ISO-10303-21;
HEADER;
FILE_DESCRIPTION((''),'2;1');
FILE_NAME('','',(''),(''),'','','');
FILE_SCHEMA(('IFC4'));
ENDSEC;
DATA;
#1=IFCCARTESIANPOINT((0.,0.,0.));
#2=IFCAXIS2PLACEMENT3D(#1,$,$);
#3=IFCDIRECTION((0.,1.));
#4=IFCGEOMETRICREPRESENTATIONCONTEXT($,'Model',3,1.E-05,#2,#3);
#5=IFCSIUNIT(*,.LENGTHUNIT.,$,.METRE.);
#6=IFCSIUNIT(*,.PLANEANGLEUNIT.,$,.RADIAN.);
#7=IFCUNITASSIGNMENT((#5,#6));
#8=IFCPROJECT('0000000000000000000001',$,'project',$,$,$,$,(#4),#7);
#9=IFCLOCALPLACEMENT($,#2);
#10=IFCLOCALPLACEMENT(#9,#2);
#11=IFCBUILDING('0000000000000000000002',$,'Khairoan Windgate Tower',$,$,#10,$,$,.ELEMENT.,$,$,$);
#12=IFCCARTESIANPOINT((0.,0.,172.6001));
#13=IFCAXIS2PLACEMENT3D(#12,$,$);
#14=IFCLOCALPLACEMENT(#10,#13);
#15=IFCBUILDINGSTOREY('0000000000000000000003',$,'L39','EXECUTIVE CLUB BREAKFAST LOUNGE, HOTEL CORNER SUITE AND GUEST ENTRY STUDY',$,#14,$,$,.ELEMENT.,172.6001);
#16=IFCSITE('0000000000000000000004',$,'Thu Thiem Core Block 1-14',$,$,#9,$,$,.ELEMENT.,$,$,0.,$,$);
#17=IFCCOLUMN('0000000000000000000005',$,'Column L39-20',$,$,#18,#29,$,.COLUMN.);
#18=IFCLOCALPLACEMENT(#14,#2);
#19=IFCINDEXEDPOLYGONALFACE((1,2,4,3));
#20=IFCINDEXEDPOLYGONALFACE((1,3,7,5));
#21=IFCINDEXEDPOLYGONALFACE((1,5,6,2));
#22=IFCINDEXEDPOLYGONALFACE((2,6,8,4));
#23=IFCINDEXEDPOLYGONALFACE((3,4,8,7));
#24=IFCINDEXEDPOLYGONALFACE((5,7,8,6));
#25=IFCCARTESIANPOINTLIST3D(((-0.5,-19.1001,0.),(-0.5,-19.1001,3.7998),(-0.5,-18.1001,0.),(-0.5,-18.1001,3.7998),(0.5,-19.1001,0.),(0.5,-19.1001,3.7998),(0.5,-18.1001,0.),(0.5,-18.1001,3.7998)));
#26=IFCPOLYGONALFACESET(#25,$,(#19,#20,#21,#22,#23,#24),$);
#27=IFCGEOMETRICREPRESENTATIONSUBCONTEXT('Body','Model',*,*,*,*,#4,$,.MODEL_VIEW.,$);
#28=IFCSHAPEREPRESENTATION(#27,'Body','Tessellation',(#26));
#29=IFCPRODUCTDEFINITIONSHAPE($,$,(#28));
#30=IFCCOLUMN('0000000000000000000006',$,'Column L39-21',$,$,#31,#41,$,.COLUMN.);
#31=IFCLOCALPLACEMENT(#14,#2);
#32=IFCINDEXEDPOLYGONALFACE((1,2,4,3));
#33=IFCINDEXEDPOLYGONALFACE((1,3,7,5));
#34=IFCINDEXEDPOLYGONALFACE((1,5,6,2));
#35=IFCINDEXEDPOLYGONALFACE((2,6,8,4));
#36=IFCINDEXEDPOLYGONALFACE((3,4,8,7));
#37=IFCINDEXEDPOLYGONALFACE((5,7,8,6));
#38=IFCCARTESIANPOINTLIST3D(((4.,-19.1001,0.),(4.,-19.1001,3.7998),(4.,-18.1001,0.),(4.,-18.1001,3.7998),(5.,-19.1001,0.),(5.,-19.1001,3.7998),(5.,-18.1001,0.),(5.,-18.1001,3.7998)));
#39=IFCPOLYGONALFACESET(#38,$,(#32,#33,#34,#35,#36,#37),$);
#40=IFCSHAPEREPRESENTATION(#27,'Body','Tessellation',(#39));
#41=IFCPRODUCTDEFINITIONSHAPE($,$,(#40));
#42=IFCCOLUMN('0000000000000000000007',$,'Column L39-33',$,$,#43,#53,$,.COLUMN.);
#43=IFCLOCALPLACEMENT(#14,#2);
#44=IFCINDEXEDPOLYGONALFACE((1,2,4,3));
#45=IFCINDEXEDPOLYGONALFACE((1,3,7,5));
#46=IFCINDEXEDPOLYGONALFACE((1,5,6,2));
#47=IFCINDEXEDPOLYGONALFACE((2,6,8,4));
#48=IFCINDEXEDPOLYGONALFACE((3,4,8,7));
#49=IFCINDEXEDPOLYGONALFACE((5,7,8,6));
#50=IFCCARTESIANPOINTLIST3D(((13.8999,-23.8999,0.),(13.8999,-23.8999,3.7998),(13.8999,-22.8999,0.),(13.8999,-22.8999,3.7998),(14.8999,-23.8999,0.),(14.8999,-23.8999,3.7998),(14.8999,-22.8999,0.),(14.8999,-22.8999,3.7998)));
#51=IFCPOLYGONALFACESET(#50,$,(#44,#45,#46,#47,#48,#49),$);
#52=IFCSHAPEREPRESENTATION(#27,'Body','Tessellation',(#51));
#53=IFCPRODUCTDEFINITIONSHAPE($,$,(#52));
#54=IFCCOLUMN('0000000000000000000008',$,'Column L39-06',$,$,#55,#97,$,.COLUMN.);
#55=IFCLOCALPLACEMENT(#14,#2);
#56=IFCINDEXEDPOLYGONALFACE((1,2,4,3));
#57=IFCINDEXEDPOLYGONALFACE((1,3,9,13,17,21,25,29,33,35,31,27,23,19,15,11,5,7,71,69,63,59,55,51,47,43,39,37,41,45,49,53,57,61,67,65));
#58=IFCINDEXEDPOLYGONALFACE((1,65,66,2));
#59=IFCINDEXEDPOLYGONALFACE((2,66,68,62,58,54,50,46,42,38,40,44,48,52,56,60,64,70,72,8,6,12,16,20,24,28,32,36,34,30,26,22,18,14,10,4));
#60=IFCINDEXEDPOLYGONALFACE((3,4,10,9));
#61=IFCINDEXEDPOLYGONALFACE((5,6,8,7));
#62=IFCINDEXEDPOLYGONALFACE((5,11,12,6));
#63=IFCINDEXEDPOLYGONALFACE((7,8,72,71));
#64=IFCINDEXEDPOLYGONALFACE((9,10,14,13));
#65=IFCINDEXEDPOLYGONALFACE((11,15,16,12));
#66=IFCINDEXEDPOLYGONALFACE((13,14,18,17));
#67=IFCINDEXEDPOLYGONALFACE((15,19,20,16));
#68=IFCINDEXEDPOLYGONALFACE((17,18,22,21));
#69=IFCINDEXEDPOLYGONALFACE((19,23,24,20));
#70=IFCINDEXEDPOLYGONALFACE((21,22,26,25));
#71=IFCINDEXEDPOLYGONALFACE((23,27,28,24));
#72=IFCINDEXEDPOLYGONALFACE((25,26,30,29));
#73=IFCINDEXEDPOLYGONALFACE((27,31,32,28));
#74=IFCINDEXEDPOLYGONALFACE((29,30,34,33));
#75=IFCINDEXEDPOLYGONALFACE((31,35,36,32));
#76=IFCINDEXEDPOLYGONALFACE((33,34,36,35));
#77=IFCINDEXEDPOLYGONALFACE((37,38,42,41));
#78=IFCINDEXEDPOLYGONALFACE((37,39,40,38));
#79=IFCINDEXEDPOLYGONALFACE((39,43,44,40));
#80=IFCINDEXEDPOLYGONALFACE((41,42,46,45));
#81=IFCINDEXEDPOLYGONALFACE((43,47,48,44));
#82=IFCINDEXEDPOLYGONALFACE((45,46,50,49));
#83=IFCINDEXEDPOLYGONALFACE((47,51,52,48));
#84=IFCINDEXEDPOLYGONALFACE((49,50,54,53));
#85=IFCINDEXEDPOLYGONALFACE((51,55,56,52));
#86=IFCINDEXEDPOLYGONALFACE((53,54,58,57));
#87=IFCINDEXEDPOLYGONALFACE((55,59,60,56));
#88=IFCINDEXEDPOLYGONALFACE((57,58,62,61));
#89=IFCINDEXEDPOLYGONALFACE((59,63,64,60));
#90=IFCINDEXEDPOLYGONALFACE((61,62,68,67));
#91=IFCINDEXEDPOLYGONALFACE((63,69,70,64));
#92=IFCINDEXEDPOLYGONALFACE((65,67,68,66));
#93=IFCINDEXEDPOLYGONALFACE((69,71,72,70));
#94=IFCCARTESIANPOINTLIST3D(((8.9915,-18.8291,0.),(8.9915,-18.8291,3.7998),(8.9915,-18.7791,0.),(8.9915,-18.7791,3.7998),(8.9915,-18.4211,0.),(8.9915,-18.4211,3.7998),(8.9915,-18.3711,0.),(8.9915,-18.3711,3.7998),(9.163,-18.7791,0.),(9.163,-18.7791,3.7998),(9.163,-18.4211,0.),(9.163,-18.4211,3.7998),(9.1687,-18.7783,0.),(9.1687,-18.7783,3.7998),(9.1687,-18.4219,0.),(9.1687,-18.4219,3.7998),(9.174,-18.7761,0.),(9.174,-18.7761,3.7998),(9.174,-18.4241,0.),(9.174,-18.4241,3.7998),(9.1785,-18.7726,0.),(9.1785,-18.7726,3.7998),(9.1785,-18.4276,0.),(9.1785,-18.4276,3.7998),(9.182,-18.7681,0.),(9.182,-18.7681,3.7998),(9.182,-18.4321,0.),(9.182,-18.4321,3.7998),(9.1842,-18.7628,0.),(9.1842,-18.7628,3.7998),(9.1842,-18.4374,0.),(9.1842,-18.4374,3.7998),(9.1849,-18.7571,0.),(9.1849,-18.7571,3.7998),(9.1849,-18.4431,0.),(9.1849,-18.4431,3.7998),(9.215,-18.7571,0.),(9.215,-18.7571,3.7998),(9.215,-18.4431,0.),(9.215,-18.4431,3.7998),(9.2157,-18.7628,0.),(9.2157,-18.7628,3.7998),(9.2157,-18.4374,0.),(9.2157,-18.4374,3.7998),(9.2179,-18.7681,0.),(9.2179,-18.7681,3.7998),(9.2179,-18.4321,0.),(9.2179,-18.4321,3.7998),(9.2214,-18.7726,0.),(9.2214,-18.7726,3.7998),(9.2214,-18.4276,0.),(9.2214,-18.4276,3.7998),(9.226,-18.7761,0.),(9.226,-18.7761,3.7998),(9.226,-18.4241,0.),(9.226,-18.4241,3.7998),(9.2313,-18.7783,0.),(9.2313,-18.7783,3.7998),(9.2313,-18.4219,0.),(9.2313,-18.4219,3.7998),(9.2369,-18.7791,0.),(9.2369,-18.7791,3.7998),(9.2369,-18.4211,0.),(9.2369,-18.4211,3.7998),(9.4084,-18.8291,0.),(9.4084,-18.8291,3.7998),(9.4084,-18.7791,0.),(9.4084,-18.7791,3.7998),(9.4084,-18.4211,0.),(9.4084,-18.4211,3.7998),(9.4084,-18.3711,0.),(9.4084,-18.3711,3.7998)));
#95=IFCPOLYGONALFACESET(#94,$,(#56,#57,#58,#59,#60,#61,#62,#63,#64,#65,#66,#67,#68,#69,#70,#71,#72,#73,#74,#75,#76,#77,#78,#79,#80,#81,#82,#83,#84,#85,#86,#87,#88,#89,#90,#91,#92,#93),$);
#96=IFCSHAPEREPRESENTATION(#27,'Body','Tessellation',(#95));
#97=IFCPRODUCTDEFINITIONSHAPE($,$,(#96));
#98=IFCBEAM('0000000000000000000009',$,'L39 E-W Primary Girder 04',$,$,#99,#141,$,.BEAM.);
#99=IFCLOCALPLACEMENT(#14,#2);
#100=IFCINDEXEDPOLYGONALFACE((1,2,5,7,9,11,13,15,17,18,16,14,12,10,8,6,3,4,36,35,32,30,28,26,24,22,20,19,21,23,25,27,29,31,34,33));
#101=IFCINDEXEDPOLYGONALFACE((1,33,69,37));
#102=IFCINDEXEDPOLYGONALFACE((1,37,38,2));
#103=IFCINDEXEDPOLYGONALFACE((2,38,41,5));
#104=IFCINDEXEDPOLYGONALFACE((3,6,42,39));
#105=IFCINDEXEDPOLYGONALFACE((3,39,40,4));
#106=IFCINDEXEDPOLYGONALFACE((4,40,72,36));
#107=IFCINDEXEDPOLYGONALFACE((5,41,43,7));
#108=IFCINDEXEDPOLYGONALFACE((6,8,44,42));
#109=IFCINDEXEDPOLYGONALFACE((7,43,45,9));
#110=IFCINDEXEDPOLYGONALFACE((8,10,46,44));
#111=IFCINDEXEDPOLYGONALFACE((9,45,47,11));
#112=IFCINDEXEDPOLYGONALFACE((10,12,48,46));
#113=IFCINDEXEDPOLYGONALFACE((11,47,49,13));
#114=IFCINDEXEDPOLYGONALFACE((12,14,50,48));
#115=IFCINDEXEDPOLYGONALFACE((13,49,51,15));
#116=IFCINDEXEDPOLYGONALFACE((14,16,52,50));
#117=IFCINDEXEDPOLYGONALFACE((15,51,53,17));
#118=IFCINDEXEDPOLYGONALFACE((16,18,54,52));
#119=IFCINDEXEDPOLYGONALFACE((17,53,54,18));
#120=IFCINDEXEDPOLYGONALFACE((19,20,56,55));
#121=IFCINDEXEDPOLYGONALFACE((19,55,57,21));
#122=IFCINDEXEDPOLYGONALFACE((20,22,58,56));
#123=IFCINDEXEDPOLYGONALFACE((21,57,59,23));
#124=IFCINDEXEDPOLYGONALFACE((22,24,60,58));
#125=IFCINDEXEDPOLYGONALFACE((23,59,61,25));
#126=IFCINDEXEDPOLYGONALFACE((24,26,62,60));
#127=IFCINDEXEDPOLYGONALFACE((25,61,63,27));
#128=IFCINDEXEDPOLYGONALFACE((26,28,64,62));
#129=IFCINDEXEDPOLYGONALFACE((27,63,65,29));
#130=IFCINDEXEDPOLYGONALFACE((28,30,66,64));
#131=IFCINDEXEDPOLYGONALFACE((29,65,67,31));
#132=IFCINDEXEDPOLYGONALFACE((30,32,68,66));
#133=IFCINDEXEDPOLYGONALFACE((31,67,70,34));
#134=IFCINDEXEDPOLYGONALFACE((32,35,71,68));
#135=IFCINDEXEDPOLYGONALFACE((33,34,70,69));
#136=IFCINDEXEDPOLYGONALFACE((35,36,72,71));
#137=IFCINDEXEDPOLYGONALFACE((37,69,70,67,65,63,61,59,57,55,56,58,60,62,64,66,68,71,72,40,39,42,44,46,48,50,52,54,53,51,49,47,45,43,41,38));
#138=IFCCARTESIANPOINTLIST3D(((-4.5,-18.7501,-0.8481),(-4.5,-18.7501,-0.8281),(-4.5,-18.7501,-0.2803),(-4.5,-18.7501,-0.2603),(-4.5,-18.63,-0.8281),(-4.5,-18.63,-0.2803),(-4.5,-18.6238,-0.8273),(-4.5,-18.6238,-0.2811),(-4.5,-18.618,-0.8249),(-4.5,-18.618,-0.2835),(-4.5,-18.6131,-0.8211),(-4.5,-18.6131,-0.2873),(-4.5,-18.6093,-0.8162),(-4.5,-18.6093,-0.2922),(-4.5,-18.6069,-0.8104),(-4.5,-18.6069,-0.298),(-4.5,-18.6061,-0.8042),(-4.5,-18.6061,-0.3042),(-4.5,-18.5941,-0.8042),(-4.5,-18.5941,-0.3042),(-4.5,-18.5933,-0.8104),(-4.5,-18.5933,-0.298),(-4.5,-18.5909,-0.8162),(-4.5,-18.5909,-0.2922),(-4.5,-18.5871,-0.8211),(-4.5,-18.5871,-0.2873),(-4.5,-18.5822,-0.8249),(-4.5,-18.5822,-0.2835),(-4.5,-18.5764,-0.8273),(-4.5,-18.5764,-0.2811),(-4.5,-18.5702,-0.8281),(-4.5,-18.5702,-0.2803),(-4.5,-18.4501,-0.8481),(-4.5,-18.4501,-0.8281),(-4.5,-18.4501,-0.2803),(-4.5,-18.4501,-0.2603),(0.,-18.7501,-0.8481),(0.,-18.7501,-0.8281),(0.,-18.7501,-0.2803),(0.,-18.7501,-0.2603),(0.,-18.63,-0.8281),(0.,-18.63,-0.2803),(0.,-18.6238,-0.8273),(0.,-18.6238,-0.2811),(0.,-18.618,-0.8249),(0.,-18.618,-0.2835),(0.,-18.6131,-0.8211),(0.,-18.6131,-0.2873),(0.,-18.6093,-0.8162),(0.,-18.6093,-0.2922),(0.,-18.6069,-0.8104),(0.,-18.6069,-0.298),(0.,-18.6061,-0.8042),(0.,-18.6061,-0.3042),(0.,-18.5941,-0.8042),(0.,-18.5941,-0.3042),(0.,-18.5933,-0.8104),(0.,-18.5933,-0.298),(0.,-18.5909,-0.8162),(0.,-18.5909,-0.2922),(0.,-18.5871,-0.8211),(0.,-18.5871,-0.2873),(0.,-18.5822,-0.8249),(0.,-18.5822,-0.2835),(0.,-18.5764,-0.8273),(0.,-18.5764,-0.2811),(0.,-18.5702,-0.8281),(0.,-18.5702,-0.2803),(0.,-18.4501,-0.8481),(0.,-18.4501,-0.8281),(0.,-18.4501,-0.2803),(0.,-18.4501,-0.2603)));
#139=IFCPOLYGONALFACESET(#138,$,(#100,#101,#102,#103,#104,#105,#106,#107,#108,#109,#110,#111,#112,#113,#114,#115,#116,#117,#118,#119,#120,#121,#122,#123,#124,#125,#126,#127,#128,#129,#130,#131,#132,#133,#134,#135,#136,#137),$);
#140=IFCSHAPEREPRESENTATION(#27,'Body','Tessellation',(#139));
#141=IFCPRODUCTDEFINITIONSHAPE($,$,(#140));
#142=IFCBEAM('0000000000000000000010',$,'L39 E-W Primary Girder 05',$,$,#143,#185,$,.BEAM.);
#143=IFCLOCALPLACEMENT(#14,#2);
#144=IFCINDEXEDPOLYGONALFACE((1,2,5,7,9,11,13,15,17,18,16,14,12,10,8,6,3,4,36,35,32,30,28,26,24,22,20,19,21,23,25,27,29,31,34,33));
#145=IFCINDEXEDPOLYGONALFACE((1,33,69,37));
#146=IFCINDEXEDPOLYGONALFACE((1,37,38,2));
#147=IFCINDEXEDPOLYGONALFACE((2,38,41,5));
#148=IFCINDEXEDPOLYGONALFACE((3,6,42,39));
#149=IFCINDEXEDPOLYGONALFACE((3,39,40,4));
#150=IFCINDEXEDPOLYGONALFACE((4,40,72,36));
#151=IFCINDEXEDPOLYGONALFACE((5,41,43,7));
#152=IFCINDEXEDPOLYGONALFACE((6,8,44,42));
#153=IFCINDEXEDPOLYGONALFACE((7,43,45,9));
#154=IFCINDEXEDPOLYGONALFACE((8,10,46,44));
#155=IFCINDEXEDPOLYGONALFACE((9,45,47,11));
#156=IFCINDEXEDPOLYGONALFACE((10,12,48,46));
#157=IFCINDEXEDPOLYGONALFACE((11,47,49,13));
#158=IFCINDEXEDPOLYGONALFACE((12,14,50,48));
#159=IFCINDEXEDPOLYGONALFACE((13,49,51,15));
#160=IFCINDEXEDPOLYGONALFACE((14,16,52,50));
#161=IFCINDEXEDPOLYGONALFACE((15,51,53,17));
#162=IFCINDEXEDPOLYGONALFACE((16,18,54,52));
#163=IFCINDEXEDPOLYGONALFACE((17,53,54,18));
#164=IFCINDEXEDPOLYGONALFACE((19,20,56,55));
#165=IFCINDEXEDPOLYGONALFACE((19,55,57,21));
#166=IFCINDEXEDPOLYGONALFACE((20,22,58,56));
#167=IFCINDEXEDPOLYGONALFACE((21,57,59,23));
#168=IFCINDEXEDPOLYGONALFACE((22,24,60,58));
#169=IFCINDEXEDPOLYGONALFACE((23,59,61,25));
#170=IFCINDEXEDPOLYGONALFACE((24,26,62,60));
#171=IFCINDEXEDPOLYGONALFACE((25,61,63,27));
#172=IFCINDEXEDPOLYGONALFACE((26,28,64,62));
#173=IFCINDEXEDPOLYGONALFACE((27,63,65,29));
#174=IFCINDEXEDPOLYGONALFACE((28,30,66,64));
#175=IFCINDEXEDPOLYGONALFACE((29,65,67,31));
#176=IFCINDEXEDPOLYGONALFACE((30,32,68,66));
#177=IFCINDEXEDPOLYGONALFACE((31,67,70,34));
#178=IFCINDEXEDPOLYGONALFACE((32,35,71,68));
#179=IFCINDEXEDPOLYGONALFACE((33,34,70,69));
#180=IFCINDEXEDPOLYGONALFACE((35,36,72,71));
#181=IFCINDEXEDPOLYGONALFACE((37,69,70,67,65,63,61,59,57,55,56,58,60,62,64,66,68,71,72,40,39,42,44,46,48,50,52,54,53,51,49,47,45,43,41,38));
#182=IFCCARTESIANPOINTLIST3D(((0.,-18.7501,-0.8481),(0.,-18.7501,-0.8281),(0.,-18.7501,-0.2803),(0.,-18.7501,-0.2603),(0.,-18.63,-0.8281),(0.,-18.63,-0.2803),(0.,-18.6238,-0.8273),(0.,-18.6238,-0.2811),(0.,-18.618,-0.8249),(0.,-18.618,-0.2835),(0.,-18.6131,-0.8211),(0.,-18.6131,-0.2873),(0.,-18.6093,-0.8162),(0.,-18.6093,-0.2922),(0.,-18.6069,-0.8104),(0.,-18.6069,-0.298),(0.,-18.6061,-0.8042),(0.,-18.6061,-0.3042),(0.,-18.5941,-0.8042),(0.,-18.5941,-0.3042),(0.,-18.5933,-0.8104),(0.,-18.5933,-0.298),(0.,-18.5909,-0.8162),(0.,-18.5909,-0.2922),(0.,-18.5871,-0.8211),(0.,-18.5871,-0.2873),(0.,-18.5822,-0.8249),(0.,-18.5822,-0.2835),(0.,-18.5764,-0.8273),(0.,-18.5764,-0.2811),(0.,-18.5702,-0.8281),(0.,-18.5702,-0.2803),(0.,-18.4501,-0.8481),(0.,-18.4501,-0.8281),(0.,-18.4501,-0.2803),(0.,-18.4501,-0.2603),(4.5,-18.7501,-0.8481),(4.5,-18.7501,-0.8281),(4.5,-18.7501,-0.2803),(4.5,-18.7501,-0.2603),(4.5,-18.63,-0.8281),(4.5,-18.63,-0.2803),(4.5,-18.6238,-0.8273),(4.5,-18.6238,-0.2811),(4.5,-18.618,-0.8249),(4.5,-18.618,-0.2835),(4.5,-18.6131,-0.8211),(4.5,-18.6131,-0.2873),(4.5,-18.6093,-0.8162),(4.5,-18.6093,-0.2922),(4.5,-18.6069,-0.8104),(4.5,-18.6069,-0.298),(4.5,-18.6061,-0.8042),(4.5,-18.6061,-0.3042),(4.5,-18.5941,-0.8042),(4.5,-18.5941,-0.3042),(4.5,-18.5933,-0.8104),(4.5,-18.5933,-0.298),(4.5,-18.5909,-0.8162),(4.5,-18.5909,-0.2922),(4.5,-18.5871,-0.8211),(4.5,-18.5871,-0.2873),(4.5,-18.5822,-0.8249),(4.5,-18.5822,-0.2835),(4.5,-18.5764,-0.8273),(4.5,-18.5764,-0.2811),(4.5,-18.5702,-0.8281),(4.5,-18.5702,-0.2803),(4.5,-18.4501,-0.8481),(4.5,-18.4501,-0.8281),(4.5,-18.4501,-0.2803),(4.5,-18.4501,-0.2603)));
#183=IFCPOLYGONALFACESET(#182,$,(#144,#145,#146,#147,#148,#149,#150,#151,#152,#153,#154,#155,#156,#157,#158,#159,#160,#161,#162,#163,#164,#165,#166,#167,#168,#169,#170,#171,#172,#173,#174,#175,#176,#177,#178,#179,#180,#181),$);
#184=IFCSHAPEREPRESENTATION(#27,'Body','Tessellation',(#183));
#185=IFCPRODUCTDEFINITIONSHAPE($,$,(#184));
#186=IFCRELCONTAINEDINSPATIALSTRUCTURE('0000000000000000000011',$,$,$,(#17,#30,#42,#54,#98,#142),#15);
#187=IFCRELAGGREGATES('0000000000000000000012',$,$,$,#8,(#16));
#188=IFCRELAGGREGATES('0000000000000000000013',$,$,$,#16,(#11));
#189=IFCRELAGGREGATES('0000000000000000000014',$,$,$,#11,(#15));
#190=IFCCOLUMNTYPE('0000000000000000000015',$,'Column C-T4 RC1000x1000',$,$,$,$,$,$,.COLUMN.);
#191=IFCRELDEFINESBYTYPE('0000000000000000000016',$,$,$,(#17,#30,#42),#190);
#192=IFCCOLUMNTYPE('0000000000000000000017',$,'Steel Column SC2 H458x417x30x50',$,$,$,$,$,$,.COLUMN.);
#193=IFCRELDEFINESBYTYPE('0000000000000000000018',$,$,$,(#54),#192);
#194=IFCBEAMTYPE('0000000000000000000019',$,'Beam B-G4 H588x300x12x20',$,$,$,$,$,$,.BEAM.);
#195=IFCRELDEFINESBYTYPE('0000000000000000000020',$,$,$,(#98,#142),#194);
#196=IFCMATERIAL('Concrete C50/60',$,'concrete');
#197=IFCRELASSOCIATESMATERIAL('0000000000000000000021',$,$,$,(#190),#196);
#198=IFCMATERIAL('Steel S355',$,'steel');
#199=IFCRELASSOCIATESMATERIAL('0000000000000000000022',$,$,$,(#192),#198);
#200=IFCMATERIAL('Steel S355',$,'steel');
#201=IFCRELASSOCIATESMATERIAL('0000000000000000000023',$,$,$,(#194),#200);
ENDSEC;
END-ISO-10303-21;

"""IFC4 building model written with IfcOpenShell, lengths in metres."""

from ifc_helpers import new_model, si_unit, direction, frame, origin, origin_2d, place, context, subcontext, project, spatial, rectangle, i_section, extrude, material, material_profile, profile_set, type_object, element, save


model = new_model("IFC4")

# Units and contexts
model_context = context("Model", 3, precision=1e-05, world=origin(), true_north=direction((0.0, 1.0)))
body_context = subcontext(model_context, "Body", "Model", "MODEL_VIEW")
ifc_project = project(units=[si_unit("LENGTHUNIT", "METRE"), si_unit("PLANEANGLEUNIT", "RADIAN")], contexts=[model_context])

# Site, building, storey
site_placement = place(None, origin())
site = spatial("IfcSite", under=ifc_project, at=site_placement, Name="Thu Thiem Core Block 1-14", CompositionType="ELEMENT", RefElevation=0.0)
building_placement = place(site_placement, origin())
building = spatial("IfcBuilding", under=site, at=building_placement, Name="Khairoan Windgate Tower", CompositionType="ELEMENT")
storey_placement = place(building_placement, frame((0.0, 0.0, 172.6001)))
storey = spatial("IfcBuildingStorey", under=building, at=storey_placement, Name="L39", Description="EXECUTIVE CLUB BREAKFAST LOUNGE, HOTEL CORNER SUITE AND GUEST ENTRY STUDY", CompositionType="ELEMENT", Elevation=172.6001)

# Columns
ifc_material_1 = material(Name="Concrete C50/60", Category="concrete")
ifc_material_profile_1 = material_profile(ifc_material_1, rectangle(XDim=1.0, YDim=1.0, at=origin_2d()))
ifc_profile_set_1 = profile_set([ifc_material_profile_1], Name="Concrete C50/60")
column_type_1 = type_object("IfcColumnType", Name="Column C-T4 RC1000x1000", PredefinedType="COLUMN", material=ifc_profile_set_1)
for number, where, z_axis, x_axis, name in (
    (1, (0.0, -18.6001, 0.0), (0.0, 0.0, 1.0), (1.0, 0.0, 0.0), "Column L39-20"),
    (2, (4.5, -18.6001, 0.0), (0.0, 0.0, 1.0), (1.0, 0.0, 0.0), "Column L39-21"),
    (3, (14.3999, -23.3999, 0.0), (0.0, 0.0, 1.0), (1.0, 0.0, 0.0), "Column L39-33"),
):
    element("IfcColumn", number, at=place(storey_placement, frame(where, z_axis=z_axis, x_axis=x_axis)), inside=storey, type_object=column_type_1, Name=name, PredefinedType="COLUMN", context=body_context, shape_type="SweptSolid", body=[
        extrude(rectangle(XDim=1.0, YDim=1.0, at=origin_2d()), origin(), (0.0, 0.0, 1.0), 3.7998),
    ])
ifc_material_2 = material(Name="Steel S355", Category="steel")
ifc_material_profile_2 = material_profile(ifc_material_2, i_section(OverallWidth=0.417, OverallDepth=0.458, WebThickness=0.03, FlangeThickness=0.05, FilletRadius=0.022, at=origin_2d()))
ifc_profile_set_2 = profile_set([ifc_material_profile_2], Name="Steel S355")
column_type_2 = type_object("IfcColumnType", Name="Steel Column SC2 H458x417x30x50", PredefinedType="COLUMN", material=ifc_profile_set_2)
column_placement = place(storey_placement, frame((9.2, -18.6001, 0.0), z_axis=(0.0, 0.0, 1.0), x_axis=(1.0, 0.0, 0.0)))
element("IfcColumn", 4, at=column_placement, inside=storey, type_object=column_type_2, Name="Column L39-06", PredefinedType="COLUMN", context=body_context, shape_type="SweptSolid", body=[
    extrude(i_section(OverallWidth=0.417, OverallDepth=0.458, WebThickness=0.03, FlangeThickness=0.05, FilletRadius=0.022, at=origin_2d()), origin(), (0.0, 0.0, 1.0), 3.7998),
])

# Beams
ifc_material_3 = material(Name="Steel S355", Category="steel")
ifc_material_profile_3 = material_profile(ifc_material_3, i_section(OverallWidth=0.3, OverallDepth=0.5879, WebThickness=0.012, FlangeThickness=0.02, FilletRadius=0.0239, at=origin_2d()))
ifc_profile_set_3 = profile_set([ifc_material_profile_3], Name="Steel S355")
beam_type = type_object("IfcBeamType", Name="Beam B-G4 H588x300x12x20", PredefinedType="BEAM", material=ifc_profile_set_3)
for number, where, z_axis, x_axis, name in (
    (5, (-4.5, -18.6001, -0.5542), (1.0, 0.0, 0.0), (0.0, 1.0, 0.0), "L39 E-W Primary Girder 04"),
    (6, (0.0, -18.6001, -0.5542), (1.0, 0.0, 0.0), (0.0, 1.0, 0.0), "L39 E-W Primary Girder 05"),
):
    element("IfcBeam", number, at=place(storey_placement, frame(where, z_axis=z_axis, x_axis=x_axis)), inside=storey, type_object=beam_type, Name=name, PredefinedType="BEAM", context=body_context, shape_type="SweptSolid", body=[
        extrude(i_section(OverallWidth=0.3, OverallDepth=0.5879, WebThickness=0.012, FlangeThickness=0.02, FilletRadius=0.0239, at=origin_2d()), origin(), (0.0, 0.0, 1.0), 4.5),
    ])

save(model, "model.ifc")
